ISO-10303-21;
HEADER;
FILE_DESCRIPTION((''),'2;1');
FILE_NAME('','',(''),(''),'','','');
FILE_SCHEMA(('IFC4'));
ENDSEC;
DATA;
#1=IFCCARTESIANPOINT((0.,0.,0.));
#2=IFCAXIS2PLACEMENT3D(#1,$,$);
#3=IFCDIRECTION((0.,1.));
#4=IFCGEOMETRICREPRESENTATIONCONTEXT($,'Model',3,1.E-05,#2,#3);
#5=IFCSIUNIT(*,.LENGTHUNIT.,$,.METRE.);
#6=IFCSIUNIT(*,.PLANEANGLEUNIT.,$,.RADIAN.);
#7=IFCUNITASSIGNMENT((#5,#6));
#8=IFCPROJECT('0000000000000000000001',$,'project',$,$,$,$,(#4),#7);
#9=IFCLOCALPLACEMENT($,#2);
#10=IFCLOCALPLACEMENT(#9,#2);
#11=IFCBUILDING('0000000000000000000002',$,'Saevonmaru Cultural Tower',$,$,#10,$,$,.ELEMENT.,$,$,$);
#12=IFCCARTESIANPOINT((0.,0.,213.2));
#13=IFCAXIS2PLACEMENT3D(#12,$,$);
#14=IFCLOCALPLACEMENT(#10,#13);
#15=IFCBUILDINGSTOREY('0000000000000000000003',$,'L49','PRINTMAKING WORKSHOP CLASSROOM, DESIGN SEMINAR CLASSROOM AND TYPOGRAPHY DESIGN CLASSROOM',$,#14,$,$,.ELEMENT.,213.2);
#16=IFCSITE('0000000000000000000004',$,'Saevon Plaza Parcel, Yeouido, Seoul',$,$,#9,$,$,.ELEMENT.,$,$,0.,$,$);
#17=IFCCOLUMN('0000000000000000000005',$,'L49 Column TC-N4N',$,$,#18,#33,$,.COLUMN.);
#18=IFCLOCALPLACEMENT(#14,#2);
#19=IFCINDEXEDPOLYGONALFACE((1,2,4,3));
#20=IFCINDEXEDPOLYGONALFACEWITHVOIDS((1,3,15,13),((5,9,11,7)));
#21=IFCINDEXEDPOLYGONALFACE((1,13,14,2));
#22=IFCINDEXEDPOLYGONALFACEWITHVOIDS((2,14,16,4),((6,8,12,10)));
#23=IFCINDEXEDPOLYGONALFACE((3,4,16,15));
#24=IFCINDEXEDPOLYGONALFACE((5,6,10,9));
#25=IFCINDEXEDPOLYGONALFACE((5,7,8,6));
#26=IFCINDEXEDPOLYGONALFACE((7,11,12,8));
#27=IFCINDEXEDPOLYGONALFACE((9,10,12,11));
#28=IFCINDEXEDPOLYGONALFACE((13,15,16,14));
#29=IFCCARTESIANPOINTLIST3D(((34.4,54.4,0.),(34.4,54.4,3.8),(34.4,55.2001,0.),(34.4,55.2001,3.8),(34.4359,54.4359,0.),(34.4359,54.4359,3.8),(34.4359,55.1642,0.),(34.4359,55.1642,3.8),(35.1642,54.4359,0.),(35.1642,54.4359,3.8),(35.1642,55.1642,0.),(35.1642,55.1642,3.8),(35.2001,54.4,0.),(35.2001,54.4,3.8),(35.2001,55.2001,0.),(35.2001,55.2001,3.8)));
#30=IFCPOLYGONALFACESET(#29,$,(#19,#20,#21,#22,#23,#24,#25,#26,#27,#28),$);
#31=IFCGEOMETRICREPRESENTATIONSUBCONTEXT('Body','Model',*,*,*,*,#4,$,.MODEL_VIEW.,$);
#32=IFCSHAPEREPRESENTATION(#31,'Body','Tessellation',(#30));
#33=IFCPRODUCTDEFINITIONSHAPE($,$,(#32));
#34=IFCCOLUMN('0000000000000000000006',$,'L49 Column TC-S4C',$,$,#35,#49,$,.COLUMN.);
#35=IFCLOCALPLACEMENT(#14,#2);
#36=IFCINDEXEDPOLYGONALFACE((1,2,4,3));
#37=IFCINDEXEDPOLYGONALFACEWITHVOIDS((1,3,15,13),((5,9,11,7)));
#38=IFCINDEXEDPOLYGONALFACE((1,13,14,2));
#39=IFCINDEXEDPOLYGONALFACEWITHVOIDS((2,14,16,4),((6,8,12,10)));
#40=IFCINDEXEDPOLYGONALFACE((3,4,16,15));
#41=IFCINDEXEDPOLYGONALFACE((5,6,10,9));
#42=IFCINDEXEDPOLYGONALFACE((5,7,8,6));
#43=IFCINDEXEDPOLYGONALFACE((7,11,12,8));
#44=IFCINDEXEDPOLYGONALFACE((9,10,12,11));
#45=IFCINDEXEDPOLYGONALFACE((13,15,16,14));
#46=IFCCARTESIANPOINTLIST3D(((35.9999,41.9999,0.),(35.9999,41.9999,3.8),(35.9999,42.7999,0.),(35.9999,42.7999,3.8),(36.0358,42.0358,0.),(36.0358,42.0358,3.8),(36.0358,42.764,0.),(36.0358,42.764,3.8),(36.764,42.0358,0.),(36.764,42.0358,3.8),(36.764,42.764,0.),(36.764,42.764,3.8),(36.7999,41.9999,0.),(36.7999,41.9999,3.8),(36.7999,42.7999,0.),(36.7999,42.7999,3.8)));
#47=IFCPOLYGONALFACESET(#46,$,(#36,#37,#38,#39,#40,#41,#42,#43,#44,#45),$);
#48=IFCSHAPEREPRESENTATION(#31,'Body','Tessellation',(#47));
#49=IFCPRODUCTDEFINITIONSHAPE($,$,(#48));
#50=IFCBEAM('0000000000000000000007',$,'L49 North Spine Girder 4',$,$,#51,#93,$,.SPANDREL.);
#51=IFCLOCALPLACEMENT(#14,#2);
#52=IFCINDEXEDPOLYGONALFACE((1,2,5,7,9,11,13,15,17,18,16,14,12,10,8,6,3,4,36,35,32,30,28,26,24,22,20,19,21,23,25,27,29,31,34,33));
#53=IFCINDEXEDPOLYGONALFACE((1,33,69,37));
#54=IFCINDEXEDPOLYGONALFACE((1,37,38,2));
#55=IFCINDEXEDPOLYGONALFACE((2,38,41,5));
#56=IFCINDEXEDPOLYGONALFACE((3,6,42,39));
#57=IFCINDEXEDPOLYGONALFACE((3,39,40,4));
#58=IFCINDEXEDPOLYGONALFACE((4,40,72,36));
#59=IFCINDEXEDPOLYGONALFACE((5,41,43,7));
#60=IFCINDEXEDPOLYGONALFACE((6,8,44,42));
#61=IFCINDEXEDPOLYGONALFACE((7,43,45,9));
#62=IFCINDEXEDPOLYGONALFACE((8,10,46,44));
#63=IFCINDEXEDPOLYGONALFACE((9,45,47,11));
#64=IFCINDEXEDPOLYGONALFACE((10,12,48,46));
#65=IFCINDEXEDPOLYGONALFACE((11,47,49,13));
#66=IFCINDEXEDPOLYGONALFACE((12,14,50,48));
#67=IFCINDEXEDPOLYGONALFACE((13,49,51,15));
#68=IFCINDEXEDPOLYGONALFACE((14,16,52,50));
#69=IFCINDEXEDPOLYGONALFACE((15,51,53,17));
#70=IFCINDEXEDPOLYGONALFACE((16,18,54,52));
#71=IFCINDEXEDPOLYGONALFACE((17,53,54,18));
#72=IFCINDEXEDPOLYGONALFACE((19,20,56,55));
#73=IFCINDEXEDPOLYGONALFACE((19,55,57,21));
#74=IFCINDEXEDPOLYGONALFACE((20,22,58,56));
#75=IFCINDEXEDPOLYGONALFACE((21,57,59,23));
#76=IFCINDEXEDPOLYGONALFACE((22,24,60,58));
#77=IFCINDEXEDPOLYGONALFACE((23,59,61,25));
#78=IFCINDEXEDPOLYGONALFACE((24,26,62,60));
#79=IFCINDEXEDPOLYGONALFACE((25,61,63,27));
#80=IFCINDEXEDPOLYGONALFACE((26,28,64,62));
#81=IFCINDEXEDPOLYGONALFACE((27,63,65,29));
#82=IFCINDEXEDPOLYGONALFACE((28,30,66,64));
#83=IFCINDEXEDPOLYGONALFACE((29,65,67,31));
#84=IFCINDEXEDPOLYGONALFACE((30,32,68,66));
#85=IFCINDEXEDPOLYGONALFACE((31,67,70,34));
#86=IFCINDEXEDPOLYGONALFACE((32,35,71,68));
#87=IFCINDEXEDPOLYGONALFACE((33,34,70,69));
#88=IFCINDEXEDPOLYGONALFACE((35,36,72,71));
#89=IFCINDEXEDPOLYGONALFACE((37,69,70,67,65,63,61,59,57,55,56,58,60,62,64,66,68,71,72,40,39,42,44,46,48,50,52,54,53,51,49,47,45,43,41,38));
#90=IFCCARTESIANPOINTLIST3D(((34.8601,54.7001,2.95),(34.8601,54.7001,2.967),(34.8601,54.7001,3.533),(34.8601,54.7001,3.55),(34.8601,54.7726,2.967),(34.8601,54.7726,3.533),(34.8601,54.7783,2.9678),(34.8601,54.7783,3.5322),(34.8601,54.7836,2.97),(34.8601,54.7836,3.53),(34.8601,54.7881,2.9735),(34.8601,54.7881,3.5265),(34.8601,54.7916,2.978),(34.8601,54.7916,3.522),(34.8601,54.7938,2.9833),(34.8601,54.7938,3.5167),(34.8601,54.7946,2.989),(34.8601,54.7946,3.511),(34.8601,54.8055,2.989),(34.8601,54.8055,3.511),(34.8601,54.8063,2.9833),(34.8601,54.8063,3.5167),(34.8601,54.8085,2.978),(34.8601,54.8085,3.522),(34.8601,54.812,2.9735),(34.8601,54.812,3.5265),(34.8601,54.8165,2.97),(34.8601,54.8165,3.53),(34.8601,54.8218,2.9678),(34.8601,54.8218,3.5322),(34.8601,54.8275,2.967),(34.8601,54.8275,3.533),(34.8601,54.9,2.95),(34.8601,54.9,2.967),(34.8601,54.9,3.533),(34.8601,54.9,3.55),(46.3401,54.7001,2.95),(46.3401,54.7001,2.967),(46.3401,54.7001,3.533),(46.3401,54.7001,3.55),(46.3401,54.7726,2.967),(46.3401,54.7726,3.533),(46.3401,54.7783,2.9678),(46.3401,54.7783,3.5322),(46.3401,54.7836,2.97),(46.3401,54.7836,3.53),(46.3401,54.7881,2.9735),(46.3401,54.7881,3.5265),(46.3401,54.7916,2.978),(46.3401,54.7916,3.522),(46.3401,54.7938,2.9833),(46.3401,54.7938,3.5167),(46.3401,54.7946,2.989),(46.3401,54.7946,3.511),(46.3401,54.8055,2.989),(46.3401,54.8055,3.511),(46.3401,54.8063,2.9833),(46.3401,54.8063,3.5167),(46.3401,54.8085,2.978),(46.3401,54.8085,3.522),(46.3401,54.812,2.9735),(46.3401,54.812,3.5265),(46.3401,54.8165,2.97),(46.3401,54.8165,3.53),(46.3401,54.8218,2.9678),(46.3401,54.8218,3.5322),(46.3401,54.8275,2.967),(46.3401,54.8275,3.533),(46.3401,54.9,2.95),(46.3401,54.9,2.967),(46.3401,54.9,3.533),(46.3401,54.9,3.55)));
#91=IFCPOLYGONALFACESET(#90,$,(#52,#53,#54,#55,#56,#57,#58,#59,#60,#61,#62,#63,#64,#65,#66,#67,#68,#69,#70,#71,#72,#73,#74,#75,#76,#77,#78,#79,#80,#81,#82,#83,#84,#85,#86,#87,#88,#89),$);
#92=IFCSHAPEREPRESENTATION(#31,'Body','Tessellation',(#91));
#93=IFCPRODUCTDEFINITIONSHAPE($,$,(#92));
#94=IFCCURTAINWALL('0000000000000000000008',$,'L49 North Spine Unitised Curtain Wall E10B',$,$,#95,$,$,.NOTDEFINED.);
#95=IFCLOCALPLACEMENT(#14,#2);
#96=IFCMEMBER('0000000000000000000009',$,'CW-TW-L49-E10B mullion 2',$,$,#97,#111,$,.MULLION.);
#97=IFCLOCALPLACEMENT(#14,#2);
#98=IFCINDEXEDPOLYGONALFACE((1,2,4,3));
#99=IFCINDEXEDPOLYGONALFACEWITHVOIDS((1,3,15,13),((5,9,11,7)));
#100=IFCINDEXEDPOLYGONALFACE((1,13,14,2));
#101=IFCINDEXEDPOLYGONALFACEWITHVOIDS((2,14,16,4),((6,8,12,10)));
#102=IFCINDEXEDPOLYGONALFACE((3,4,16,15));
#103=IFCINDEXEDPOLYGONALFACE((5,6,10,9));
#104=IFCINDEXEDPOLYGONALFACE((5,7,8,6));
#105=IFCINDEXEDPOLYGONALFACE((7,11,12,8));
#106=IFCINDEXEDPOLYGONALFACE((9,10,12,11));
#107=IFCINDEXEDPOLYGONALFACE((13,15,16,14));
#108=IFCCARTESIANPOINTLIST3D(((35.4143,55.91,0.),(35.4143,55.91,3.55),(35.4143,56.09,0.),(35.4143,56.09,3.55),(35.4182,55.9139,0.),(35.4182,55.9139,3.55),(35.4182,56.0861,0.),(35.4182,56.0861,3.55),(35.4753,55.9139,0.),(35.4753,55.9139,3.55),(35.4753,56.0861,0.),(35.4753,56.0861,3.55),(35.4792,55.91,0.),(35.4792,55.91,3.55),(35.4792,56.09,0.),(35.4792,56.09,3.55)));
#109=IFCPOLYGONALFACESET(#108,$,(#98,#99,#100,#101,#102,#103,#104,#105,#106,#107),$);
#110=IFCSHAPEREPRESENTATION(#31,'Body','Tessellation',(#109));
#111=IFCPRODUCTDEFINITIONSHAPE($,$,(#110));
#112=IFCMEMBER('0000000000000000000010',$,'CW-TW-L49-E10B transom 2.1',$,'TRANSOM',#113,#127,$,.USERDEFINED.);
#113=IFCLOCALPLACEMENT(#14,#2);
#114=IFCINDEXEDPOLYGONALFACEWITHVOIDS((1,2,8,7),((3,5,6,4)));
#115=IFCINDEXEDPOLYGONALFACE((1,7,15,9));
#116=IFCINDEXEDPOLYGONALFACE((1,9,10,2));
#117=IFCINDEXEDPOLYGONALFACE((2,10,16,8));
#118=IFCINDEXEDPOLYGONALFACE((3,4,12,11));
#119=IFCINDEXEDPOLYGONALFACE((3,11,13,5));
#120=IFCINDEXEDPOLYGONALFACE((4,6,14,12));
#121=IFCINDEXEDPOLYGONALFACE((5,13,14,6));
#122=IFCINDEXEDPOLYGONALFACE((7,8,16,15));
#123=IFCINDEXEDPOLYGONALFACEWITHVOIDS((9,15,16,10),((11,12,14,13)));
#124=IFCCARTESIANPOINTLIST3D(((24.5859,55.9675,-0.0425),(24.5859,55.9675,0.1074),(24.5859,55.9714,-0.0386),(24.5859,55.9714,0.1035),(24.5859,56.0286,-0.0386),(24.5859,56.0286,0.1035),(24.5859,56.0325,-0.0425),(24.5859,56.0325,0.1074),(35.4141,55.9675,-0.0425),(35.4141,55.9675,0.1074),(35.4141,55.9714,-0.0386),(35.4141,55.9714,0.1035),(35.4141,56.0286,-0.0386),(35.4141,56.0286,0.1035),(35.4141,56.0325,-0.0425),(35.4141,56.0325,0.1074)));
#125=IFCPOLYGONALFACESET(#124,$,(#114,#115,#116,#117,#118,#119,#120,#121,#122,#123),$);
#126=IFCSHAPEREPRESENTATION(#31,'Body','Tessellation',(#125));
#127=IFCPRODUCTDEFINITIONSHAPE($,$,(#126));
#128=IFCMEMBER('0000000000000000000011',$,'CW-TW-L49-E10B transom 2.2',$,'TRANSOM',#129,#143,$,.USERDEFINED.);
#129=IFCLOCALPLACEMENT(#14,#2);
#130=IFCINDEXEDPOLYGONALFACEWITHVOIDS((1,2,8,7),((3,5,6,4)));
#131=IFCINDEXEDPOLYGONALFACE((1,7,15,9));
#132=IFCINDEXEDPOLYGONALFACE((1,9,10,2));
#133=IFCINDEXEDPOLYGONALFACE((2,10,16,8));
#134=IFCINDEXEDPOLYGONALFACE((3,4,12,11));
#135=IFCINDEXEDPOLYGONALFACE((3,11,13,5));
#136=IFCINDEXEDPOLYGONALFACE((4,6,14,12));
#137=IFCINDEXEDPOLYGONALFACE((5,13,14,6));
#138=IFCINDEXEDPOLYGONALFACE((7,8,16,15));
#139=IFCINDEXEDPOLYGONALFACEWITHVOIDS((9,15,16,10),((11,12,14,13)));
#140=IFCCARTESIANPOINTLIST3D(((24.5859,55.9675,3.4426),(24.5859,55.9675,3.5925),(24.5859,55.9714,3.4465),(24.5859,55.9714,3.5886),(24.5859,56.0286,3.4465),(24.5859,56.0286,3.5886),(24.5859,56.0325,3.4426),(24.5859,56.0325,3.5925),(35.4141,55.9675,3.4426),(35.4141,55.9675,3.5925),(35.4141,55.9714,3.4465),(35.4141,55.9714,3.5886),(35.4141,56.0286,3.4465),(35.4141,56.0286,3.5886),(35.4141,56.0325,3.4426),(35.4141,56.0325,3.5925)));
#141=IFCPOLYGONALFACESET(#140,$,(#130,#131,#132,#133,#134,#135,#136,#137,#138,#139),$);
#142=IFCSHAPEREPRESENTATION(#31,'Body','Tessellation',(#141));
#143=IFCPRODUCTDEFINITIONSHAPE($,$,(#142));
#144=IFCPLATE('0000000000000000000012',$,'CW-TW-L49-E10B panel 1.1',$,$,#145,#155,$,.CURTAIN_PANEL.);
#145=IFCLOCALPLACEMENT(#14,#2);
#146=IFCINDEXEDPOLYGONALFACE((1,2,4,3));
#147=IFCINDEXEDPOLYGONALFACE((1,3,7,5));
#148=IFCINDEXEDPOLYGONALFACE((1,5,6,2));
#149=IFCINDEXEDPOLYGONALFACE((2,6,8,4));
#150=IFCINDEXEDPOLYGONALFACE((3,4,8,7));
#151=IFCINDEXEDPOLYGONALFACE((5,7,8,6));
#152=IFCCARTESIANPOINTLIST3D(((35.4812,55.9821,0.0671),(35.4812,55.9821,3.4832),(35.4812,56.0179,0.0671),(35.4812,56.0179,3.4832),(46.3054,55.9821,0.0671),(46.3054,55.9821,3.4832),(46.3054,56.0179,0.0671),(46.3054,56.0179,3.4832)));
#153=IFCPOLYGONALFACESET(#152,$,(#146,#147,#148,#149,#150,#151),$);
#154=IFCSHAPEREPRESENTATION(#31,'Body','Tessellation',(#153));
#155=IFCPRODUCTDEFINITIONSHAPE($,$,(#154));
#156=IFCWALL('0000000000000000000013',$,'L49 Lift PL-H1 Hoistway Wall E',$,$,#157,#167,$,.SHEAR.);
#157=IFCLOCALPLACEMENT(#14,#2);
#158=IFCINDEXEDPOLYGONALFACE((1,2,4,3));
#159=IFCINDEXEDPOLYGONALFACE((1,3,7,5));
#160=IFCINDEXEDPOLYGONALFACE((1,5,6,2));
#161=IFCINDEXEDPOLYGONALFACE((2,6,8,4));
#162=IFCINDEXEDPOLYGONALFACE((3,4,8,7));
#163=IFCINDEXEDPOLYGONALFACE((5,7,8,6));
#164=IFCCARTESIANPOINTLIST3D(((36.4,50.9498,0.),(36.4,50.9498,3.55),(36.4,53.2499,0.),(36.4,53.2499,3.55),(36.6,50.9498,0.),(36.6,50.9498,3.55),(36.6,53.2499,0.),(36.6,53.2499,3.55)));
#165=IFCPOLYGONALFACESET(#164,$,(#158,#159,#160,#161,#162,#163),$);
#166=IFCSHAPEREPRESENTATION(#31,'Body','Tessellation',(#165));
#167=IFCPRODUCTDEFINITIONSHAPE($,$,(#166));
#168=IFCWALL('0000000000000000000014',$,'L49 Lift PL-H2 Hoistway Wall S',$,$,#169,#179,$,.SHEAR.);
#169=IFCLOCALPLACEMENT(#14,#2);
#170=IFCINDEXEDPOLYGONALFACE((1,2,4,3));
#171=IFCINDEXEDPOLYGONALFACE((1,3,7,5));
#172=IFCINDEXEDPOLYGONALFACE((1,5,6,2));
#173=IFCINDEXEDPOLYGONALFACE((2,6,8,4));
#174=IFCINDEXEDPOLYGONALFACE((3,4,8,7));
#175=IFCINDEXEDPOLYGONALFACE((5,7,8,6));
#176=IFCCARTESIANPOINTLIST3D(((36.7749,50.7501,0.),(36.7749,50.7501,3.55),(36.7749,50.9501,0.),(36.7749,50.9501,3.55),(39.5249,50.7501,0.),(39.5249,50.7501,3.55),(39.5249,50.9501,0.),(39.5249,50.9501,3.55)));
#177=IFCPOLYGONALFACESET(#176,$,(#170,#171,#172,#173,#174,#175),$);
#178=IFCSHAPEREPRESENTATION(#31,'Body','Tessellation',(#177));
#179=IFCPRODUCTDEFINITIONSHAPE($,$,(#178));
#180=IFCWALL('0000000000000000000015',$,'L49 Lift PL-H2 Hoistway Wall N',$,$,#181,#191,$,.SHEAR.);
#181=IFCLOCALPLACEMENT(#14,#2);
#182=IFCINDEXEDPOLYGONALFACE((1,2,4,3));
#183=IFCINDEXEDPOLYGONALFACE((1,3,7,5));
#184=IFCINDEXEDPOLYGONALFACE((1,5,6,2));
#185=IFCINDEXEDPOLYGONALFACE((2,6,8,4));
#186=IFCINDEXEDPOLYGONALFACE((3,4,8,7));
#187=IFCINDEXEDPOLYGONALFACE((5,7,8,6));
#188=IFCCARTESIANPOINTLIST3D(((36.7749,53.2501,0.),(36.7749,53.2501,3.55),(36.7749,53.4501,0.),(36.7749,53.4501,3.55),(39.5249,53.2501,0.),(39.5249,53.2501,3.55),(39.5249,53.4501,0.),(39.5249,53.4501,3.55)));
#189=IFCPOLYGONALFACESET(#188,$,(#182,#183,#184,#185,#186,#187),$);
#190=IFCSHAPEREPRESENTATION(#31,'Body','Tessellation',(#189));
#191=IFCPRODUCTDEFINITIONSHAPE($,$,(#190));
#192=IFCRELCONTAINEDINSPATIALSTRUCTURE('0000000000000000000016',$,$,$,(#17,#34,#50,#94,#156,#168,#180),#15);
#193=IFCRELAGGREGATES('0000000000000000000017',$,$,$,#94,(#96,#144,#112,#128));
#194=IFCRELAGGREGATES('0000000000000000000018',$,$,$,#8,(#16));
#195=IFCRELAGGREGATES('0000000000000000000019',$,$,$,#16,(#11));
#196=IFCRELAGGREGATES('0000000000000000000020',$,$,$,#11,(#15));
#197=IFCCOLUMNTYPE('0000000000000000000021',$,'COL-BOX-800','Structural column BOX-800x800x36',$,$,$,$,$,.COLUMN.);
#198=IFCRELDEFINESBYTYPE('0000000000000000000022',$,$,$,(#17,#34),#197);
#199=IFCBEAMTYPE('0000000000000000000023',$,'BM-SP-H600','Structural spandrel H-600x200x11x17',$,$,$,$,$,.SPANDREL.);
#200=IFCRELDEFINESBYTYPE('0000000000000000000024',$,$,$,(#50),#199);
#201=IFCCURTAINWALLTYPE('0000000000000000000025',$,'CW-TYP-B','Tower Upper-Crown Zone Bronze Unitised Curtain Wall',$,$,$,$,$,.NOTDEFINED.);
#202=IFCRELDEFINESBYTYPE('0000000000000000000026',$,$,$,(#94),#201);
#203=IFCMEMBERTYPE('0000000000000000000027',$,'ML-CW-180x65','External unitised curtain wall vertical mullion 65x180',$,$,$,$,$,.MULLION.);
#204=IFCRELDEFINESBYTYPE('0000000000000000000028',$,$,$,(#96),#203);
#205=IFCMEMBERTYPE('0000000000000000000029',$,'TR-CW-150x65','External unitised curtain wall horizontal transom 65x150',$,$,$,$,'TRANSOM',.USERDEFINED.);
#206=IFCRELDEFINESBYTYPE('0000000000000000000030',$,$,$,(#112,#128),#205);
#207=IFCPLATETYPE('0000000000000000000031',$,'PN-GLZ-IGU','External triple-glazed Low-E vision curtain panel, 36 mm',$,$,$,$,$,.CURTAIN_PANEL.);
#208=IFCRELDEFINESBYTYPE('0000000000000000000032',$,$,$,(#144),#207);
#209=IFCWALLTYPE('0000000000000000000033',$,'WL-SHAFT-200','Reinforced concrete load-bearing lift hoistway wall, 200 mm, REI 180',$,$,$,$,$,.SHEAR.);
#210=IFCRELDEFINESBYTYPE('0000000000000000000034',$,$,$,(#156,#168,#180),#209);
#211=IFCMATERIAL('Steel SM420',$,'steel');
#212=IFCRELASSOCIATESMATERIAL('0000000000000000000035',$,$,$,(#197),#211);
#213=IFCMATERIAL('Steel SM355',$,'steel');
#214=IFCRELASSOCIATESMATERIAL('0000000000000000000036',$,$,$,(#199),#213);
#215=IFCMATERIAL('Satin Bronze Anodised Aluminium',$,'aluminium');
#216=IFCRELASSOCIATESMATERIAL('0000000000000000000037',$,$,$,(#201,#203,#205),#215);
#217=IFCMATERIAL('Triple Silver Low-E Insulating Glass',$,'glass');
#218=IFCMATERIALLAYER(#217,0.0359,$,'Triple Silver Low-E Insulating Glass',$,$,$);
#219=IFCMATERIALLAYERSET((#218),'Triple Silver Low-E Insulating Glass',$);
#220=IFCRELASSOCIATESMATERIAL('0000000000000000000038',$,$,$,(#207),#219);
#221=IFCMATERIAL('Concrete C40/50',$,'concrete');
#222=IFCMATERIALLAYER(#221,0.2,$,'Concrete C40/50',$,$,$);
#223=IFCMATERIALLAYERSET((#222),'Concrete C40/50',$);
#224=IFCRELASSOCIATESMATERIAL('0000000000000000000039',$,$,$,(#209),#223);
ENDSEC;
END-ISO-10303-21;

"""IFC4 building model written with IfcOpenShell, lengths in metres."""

from ifc_helpers import new_model, si_unit, direction, frame, frame_2d, origin, origin_2d, place, context, subcontext, project, spatial, rectangle, hollow_rectangle, i_section, extrude, material, layer, layer_set, material_profile, profile_set, type_object, element, aggregate, save


model = new_model("IFC4")

# Units and contexts
model_context = context("Model", 3, precision=1e-05, world=origin(), true_north=direction((0.0, 1.0)))
body_context = subcontext(model_context, "Body", "Model", "MODEL_VIEW")
ifc_project = project(units=[si_unit("LENGTHUNIT", "METRE"), si_unit("PLANEANGLEUNIT", "RADIAN")], contexts=[model_context])

# Site, building, storey
site_placement = place(None, origin())
site = spatial("IfcSite", under=ifc_project, at=site_placement, Name="Saevon Plaza Parcel, Yeouido, Seoul", CompositionType="ELEMENT", RefElevation=0.0)
building_placement = place(site_placement, origin())
building = spatial("IfcBuilding", under=site, at=building_placement, Name="Saevonmaru Cultural Tower", CompositionType="ELEMENT")
storey_placement = place(building_placement, frame((0.0, 0.0, 213.2)))
storey = spatial("IfcBuildingStorey", under=building, at=storey_placement, Name="L49", Description="PRINTMAKING WORKSHOP CLASSROOM, DESIGN SEMINAR CLASSROOM AND TYPOGRAPHY DESIGN CLASSROOM", CompositionType="ELEMENT", Elevation=213.2)

# Columns
ifc_material_1 = material(Name="Steel SM420", Category="steel")
ifc_material_profile_1 = material_profile(ifc_material_1, hollow_rectangle(XDim=0.8, YDim=0.8, WallThickness=0.0359, at=origin_2d()), Name="BOX-800x800x36")
ifc_profile_set_1 = profile_set([ifc_material_profile_1], Name="Steel SM420")
column_type = type_object("IfcColumnType", Name="COL-BOX-800", Description="Structural column BOX-800x800x36", PredefinedType="COLUMN", material=ifc_profile_set_1)
for number, where, z_axis, x_axis, name in (
    (1, (34.8, 54.8, 0.0), (0.0, 0.0, 1.0), (1.0, 0.0, 0.0), "L49 Column TC-N4N"),
    (2, (36.3999, 42.3999, 0.0), (0.0, 0.0, 1.0), (1.0, 0.0, 0.0), "L49 Column TC-S4C"),
):
    element("IfcColumn", number, at=place(storey_placement, frame(where, z_axis=z_axis, x_axis=x_axis)), inside=storey, type_object=column_type, Name=name, PredefinedType="COLUMN", context=body_context, shape_type="SweptSolid", body=[
        extrude(hollow_rectangle(XDim=0.8, YDim=0.8, WallThickness=0.0359, at=origin_2d()), origin(), (0.0, 0.0, 1.0), 3.8),
    ])

# Beam
ifc_material_2 = material(Name="Steel SM355", Category="steel")
ifc_material_profile_2 = material_profile(ifc_material_2, i_section(OverallWidth=0.2, OverallDepth=0.6001, WebThickness=0.011, FlangeThickness=0.0171, FilletRadius=0.022, at=origin_2d()), Name="H-600x200x11x17")
ifc_profile_set_2 = profile_set([ifc_material_profile_2], Name="Steel SM355")
beam_type = type_object("IfcBeamType", Name="BM-SP-H600", Description="Structural spandrel H-600x200x11x17", PredefinedType="SPANDREL", material=ifc_profile_set_2)
beam_placement = place(storey_placement, frame((34.8601, 54.8, 3.25), z_axis=(1.0, 0.0, 0.0), x_axis=(0.0, 1.0, 0.0)))
element("IfcBeam", 3, at=beam_placement, inside=storey, type_object=beam_type, Name="L49 North Spine Girder 4", PredefinedType="SPANDREL", context=body_context, shape_type="SweptSolid", body=[
    extrude(i_section(OverallWidth=0.2, OverallDepth=0.6001, WebThickness=0.011, FlangeThickness=0.0171, FilletRadius=0.022, at=origin_2d()), origin(), (0.0, 0.0, 1.0), 11.48),
])

# Curtain wall, members, plate
ifc_material_3 = material(Name="Satin Bronze Anodised Aluminium", Category="aluminium")
curtain_wall_type = type_object("IfcCurtainWallType", Name="CW-TYP-B", Description="Tower Upper-Crown Zone Bronze Unitised Curtain Wall", PredefinedType="NOTDEFINED", material=ifc_material_3)
curtain_wall_placement = place(storey_placement, origin())
curtain_wall = element("IfcCurtainWall", 4, at=curtain_wall_placement, inside=storey, type_object=curtain_wall_type, Name="L49 North Spine Unitised Curtain Wall E10B", PredefinedType="NOTDEFINED")
ifc_material_profile_3 = material_profile(ifc_material_3, hollow_rectangle(XDim=0.0649, YDim=0.1799, WallThickness=0.0039, at=origin_2d()), Name="ALU-MULL-180x65x4")
ifc_profile_set_3 = profile_set([ifc_material_profile_3], Name="Satin Bronze Anodised Aluminium")
member_type_1 = type_object("IfcMemberType", Name="ML-CW-180x65", Description="External unitised curtain wall vertical mullion 65x180", PredefinedType="MULLION", material=ifc_profile_set_3)
member_1_placement = place(storey_placement, frame((35.4468, 56.0, 0.0), z_axis=(0.0, 0.0, 1.0), x_axis=(-1.0, 0.0, 0.0)))
member_1 = element("IfcMember", 5, at=member_1_placement, type_object=member_type_1, Name="CW-TW-L49-E10B mullion 2", PredefinedType="MULLION", context=body_context, shape_type="SweptSolid", body=[
    extrude(hollow_rectangle(XDim=0.0649, YDim=0.1799, WallThickness=0.0039, at=origin_2d()), origin(), (0.0, 0.0, 1.0), 3.55),
])
ifc_material_profile_4 = material_profile(ifc_material_3, hollow_rectangle(XDim=0.0649, YDim=0.1499, WallThickness=0.0039, at=origin_2d()), Name="ALU-TRAN-150x65x4")
ifc_profile_set_4 = profile_set([ifc_material_profile_4], Name="Satin Bronze Anodised Aluminium")
member_type_2 = type_object("IfcMemberType", Name="TR-CW-150x65", Description="External unitised curtain wall horizontal transom 65x150", ElementType="TRANSOM", PredefinedType="USERDEFINED", material=ifc_profile_set_4)
member_2_placement = place(storey_placement, frame((35.4141, 56.0, 0.0325), z_axis=(-1.0, 0.0, 0.0), x_axis=(0.0, -1.0, 0.0)))
member_2 = element("IfcMember", 6, at=member_2_placement, type_object=member_type_2, Name="CW-TW-L49-E10B transom 2.1", ObjectType="TRANSOM", PredefinedType="USERDEFINED", context=body_context, shape_type="SweptSolid", body=[
    extrude(hollow_rectangle(XDim=0.0649, YDim=0.1499, WallThickness=0.0039, at=origin_2d()), origin(), (0.0, 0.0, 1.0), 10.8281),
])
member_3_placement = place(storey_placement, frame((35.4141, 56.0, 3.5176), z_axis=(-1.0, 0.0, 0.0), x_axis=(0.0, -1.0, 0.0)))
member_3 = element("IfcMember", 7, at=member_3_placement, type_object=member_type_2, Name="CW-TW-L49-E10B transom 2.2", ObjectType="TRANSOM", PredefinedType="USERDEFINED", context=body_context, shape_type="SweptSolid", body=[
    extrude(hollow_rectangle(XDim=0.0649, YDim=0.1499, WallThickness=0.0039, at=origin_2d()), origin(), (0.0, 0.0, 1.0), 10.8281),
])
ifc_material_4 = material(Name="Triple Silver Low-E Insulating Glass", Category="glass")
ifc_layer_1 = layer(ifc_material_4, 0.0359, Name="Triple Silver Low-E Insulating Glass")
ifc_layer_set_1 = layer_set([ifc_layer_1], Name="Triple Silver Low-E Insulating Glass")
plate_type = type_object("IfcPlateType", Name="PN-GLZ-IGU", Description="External triple-glazed Low-E vision curtain panel, 36 mm", PredefinedType="CURTAIN_PANEL", material=ifc_layer_set_1)
plate_placement = place(storey_placement, frame((40.8933, 56.0, 0.0671), z_axis=(0.0, 0.0, 1.0), x_axis=(-1.0, 0.0, 0.0)))
plate = element("IfcPlate", 8, at=plate_placement, type_object=plate_type, Name="CW-TW-L49-E10B panel 1.1", PredefinedType="CURTAIN_PANEL", context=body_context, shape_type="SweptSolid", body=[
    extrude(rectangle(XDim=10.8242, YDim=0.0359, at=origin_2d()), origin(), (0.0, 0.0, 1.0), 3.416),
])
aggregate(curtain_wall, [member_1, plate, member_2, member_3])

# Walls
ifc_material_5 = material(Name="Concrete C40/50", Category="concrete")
ifc_layer_2 = layer(ifc_material_5, 0.2, Name="Concrete C40/50")
ifc_layer_set_2 = layer_set([ifc_layer_2], Name="Concrete C40/50")
wall_type_1 = type_object("IfcWallType", Name="WL-SHAFT-200", Description="Reinforced concrete load-bearing lift hoistway wall, 200 mm, REI 180", PredefinedType="SHEAR", material=ifc_layer_set_2)
wall_1_placement = place(storey_placement, frame((36.5, 50.95, 0.0), z_axis=(0.0, 0.0, 1.0), x_axis=(0.0, 1.0, 0.0)))
element("IfcWall", 9, at=wall_1_placement, inside=storey, type_object=wall_type_1, Name="L49 Lift PL-H1 Hoistway Wall E", PredefinedType="SHEAR", context=body_context, shape_type="SweptSolid", body=[
    extrude(rectangle(XDim=2.3, YDim=0.2, at=frame_2d((1.1499, 0.0))), origin(), (0.0, 0.0, 1.0), 3.55),
])
for number, where, z_axis, x_axis, name in (
    (10, (36.7749, 50.8501, 0.0), (0.0, 0.0, 1.0), (1.0, 0.0, 0.0), "L49 Lift PL-H2 Hoistway Wall S"),
    (11, (36.7749, 53.3501, 0.0), (0.0, 0.0, 1.0), (1.0, 0.0, 0.0), "L49 Lift PL-H2 Hoistway Wall N"),
):
    element("IfcWall", number, at=place(storey_placement, frame(where, z_axis=z_axis, x_axis=x_axis)), inside=storey, type_object=wall_type_1, Name=name, PredefinedType="SHEAR", context=body_context, shape_type="SweptSolid", body=[
        extrude(rectangle(XDim=2.75, YDim=0.2, at=frame_2d((1.375, 0.0))), origin(), (0.0, 0.0, 1.0), 3.55),
    ])

save(model, "model.ifc")
